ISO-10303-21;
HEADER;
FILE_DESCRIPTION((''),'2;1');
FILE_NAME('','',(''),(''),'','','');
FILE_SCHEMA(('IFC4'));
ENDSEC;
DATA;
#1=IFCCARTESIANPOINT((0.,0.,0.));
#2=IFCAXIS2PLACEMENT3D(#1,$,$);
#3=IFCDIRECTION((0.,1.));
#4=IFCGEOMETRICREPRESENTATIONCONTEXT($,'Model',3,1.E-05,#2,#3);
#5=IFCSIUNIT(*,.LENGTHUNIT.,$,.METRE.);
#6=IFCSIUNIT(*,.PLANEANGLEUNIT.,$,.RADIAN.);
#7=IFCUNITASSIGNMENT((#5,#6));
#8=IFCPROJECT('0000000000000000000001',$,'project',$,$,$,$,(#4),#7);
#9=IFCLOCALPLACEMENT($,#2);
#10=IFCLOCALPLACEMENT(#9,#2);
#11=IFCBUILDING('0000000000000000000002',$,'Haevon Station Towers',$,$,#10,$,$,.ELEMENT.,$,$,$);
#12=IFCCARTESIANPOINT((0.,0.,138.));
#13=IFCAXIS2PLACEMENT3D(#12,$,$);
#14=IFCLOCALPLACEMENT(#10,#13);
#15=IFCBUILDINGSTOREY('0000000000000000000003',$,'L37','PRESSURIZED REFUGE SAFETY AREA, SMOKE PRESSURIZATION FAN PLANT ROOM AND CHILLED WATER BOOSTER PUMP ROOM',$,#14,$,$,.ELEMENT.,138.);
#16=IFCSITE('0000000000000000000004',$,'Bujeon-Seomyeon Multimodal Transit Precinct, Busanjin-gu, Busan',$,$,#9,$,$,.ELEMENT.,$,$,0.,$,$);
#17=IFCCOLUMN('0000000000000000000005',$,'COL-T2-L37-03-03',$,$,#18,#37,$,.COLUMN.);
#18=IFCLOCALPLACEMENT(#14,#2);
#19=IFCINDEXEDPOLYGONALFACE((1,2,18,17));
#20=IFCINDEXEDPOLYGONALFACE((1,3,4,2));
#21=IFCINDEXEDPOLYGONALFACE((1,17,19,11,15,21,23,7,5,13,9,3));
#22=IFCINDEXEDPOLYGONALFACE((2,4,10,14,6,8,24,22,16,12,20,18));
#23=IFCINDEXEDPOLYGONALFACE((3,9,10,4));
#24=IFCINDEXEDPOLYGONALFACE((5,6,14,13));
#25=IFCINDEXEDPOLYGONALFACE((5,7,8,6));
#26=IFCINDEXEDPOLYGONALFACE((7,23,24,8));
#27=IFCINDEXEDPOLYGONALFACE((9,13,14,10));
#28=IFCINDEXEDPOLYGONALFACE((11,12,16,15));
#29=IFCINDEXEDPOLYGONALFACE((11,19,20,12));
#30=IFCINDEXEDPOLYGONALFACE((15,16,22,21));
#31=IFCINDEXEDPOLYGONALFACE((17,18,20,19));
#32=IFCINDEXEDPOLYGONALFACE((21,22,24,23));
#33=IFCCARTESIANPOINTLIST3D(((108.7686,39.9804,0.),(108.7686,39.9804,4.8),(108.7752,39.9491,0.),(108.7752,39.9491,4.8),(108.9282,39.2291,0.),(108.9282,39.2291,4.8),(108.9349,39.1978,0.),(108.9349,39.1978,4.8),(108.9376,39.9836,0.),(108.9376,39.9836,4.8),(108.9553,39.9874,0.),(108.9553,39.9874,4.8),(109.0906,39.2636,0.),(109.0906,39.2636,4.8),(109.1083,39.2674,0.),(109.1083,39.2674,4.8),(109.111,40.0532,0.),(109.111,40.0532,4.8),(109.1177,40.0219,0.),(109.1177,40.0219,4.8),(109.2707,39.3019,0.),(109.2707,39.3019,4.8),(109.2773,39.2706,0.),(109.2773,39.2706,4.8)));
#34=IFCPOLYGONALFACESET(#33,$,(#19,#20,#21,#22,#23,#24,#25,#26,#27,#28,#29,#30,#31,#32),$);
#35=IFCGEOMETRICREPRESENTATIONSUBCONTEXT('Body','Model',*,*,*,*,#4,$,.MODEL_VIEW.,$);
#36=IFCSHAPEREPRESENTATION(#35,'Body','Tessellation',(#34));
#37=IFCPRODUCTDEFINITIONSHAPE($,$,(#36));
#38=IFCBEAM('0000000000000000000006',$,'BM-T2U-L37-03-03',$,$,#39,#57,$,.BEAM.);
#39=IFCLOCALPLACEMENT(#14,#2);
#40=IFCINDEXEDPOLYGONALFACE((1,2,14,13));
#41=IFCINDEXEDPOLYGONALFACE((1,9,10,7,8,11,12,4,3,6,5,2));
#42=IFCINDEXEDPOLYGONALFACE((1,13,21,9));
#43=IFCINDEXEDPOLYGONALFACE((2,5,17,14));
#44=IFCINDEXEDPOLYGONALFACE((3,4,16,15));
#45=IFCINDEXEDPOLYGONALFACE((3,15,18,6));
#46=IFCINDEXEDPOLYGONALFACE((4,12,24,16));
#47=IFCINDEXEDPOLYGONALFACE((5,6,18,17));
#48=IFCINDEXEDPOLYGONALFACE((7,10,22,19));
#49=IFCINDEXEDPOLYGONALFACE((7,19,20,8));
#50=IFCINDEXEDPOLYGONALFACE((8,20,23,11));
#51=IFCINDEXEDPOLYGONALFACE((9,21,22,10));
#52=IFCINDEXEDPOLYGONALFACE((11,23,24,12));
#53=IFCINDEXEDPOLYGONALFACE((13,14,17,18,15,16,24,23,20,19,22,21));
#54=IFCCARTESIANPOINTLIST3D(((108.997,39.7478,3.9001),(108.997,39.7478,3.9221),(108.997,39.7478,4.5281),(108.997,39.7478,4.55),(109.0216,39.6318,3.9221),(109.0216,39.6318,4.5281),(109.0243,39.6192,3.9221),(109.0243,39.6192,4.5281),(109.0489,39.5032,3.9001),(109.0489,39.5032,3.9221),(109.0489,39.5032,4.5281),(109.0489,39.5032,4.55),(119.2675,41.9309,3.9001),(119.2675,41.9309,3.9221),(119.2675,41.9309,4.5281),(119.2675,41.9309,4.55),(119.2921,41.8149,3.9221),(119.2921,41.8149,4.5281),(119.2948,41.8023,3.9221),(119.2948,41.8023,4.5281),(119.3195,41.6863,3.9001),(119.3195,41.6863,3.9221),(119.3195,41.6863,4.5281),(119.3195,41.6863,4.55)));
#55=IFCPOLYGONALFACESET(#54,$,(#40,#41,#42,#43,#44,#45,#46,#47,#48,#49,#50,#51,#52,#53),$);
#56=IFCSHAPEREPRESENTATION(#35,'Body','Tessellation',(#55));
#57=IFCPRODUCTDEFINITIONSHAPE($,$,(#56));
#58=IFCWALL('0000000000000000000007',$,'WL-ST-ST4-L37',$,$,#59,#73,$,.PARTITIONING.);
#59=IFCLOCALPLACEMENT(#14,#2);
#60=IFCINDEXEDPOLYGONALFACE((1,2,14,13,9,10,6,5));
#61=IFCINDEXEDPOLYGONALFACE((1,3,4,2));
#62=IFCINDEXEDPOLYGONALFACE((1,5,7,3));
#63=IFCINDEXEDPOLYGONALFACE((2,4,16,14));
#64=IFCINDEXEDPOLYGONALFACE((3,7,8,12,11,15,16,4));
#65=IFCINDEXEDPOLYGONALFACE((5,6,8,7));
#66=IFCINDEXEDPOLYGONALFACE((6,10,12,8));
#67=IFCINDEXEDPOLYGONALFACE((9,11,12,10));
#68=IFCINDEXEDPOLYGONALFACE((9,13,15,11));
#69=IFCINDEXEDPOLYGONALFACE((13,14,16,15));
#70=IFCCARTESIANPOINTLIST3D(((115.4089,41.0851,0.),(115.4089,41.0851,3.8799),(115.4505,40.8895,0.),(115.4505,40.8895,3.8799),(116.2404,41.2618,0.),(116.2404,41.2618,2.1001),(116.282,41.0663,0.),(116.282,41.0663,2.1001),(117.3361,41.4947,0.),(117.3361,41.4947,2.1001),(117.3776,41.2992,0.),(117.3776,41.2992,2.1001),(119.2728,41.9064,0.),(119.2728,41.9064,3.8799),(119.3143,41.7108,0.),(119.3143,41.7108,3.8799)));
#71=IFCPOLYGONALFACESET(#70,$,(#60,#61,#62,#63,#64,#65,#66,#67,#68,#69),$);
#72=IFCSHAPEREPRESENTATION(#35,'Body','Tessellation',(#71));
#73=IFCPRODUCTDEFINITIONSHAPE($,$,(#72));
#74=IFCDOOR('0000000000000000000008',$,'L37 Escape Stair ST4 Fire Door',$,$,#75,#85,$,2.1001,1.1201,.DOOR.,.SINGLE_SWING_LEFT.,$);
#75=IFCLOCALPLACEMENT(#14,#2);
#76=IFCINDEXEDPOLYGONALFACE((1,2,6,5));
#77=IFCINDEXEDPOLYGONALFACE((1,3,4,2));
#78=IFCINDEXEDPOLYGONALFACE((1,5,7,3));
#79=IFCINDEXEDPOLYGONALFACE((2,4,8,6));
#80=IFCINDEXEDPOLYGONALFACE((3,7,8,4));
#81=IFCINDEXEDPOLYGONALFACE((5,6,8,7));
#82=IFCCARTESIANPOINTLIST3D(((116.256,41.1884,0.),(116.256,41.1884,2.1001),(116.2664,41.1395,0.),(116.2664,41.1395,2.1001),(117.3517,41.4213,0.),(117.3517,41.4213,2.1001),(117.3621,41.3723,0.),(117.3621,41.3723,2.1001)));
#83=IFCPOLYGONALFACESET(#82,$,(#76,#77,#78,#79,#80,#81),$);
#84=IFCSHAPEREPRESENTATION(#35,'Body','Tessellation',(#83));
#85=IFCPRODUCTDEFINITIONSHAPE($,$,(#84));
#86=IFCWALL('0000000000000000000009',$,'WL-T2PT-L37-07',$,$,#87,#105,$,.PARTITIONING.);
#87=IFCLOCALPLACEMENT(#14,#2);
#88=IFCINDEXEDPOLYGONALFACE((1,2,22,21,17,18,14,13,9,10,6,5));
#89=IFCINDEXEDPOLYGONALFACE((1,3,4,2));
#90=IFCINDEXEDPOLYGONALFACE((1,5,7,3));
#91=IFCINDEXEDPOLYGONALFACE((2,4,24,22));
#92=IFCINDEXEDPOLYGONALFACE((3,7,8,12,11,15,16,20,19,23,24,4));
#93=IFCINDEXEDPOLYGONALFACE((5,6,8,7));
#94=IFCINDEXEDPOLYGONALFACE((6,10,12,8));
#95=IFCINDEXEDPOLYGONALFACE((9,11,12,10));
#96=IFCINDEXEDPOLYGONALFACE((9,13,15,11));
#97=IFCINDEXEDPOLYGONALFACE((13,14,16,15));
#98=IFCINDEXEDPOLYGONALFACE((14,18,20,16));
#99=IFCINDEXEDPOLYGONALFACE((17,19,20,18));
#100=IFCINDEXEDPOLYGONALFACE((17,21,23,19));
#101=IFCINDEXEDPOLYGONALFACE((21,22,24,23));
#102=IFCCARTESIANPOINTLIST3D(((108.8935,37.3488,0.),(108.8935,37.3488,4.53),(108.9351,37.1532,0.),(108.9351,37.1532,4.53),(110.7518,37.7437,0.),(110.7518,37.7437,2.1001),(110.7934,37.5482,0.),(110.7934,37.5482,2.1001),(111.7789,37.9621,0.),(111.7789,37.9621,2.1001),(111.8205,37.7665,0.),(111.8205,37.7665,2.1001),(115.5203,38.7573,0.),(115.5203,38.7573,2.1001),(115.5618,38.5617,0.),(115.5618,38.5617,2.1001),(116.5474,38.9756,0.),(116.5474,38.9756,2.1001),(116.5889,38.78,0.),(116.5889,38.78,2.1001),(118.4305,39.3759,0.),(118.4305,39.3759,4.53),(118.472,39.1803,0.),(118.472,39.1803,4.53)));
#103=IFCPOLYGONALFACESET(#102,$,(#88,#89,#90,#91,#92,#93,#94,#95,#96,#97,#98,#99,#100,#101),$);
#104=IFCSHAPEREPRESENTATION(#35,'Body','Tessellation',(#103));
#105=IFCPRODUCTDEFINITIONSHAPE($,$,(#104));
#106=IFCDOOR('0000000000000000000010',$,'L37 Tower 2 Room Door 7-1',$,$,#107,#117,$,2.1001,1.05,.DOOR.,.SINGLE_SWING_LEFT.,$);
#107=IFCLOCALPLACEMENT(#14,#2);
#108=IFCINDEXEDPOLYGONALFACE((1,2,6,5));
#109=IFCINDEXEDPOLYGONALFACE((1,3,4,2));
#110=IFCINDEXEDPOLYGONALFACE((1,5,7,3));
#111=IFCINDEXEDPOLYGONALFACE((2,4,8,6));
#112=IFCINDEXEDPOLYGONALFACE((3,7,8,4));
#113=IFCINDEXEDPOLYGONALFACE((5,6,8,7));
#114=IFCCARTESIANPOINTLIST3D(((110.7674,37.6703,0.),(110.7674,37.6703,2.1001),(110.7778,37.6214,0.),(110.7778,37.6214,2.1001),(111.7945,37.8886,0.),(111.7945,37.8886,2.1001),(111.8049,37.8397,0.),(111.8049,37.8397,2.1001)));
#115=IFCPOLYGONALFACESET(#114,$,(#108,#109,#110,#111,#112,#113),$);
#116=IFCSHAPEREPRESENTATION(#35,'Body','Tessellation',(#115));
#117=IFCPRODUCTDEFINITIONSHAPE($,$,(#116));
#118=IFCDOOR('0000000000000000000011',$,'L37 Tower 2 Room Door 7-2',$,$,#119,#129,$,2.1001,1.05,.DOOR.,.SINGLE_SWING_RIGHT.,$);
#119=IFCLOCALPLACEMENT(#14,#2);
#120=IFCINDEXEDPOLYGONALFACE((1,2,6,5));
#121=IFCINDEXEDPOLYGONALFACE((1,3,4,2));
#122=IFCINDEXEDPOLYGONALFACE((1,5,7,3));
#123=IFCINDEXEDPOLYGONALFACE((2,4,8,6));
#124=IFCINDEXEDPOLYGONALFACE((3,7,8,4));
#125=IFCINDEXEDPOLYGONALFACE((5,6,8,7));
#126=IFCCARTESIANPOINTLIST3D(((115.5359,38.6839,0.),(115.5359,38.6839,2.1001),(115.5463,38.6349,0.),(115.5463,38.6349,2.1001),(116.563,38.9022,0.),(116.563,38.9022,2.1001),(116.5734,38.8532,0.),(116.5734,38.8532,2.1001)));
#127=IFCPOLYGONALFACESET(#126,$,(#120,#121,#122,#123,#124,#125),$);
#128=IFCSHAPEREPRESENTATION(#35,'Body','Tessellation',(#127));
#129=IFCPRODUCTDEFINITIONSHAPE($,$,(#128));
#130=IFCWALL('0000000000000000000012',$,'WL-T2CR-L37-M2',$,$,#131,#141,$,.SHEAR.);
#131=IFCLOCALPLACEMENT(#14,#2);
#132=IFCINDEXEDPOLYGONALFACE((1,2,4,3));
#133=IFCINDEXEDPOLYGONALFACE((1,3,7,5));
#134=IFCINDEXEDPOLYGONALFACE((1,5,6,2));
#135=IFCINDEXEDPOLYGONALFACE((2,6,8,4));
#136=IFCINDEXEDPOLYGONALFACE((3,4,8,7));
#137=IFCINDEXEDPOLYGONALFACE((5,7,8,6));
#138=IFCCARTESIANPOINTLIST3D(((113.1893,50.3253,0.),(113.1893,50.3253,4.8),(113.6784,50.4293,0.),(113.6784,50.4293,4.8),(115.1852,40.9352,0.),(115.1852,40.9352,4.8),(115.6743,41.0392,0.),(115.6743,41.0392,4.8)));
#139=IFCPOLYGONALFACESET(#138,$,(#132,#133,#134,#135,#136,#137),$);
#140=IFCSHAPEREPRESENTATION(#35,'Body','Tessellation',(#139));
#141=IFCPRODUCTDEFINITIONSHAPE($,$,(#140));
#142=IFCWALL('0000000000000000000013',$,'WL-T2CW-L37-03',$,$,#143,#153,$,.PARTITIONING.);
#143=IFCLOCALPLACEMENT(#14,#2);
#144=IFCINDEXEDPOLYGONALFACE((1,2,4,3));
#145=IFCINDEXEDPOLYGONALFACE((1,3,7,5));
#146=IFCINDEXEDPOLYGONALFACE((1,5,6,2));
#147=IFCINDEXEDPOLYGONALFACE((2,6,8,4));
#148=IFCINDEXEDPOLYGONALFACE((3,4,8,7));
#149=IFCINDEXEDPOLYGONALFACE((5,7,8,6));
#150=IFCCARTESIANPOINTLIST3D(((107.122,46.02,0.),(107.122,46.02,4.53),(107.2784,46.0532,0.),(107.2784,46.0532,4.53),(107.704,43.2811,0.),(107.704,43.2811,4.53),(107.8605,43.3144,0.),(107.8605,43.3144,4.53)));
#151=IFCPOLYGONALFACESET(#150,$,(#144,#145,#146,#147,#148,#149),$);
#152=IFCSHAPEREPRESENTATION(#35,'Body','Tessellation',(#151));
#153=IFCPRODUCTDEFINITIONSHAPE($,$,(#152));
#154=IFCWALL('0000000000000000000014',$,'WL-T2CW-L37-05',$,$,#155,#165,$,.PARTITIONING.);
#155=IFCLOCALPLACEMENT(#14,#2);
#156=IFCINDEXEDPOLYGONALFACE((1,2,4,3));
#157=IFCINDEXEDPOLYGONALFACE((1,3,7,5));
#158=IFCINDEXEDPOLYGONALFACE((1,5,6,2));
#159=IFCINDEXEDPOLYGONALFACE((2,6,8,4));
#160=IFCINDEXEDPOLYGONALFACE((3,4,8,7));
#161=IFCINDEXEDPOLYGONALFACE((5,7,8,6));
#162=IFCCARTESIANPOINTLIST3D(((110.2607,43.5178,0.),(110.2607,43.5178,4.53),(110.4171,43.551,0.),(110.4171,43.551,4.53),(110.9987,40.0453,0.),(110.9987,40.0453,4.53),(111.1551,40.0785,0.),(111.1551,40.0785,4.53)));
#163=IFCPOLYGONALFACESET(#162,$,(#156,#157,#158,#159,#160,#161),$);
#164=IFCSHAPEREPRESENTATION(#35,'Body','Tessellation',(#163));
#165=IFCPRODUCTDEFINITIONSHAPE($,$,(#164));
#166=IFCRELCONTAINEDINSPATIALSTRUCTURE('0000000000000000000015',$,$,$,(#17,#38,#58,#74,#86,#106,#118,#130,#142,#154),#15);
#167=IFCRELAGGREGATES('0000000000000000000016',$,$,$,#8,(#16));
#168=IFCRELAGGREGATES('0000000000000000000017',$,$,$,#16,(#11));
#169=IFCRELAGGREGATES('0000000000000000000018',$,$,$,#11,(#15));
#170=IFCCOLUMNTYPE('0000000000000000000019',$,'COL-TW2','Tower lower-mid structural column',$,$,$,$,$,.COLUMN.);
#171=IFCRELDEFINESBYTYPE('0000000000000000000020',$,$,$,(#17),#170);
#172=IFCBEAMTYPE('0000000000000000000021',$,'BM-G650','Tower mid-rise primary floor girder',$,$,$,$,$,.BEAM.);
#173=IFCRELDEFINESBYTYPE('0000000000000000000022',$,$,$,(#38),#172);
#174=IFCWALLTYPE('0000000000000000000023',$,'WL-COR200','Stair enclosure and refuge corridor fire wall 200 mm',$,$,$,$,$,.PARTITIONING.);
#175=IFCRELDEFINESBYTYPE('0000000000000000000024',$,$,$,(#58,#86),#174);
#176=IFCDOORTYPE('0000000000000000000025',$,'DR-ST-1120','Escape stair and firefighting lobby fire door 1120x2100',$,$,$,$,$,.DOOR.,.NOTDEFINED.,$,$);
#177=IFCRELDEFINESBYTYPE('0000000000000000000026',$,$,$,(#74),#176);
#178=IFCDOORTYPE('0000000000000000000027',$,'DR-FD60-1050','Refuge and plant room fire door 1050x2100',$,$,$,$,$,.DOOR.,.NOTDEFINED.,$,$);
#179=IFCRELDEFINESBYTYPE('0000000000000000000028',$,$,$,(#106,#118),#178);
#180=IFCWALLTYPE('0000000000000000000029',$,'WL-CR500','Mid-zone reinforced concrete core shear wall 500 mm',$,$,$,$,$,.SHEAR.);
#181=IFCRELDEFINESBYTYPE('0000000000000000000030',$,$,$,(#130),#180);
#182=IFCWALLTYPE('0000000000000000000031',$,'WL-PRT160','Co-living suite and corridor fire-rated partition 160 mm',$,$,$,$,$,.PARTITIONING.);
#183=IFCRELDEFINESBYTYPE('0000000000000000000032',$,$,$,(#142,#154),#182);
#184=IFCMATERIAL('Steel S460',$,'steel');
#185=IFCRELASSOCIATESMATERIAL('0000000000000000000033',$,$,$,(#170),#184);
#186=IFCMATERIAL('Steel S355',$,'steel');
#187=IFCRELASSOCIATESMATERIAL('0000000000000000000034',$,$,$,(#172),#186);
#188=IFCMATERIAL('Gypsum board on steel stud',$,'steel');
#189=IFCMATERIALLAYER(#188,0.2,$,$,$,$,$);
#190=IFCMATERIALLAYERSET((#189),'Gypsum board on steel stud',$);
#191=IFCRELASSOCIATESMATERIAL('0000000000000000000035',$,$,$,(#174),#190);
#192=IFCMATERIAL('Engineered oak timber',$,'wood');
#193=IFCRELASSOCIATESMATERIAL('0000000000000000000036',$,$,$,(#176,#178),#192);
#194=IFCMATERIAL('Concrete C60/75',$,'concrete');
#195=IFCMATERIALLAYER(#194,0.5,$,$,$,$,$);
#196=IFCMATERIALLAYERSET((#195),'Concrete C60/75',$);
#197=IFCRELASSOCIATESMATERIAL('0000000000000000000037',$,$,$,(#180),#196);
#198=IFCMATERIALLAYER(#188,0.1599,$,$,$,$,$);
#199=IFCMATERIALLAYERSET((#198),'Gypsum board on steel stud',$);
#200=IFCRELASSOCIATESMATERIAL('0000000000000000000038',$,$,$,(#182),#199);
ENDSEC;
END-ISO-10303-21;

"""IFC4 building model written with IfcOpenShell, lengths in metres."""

from ifc_helpers import new_model, si_unit, direction, frame, frame_2d, origin, origin_2d, place, context, subcontext, project, spatial, rectangle, i_section, extrude, material, layer, layer_set, material_profile, profile_set, type_object, element, fill, save


model = new_model("IFC4")

# Units and contexts
model_context = context("Model", 3, precision=1e-05, world=origin(), true_north=direction((0.0, 1.0)))
body_context = subcontext(model_context, "Body", "Model", "MODEL_VIEW")
ifc_project = project(units=[si_unit("LENGTHUNIT", "METRE"), si_unit("PLANEANGLEUNIT", "RADIAN")], contexts=[model_context])

# Site, building, storey
site_placement = place(None, origin())
site = spatial("IfcSite", under=ifc_project, at=site_placement, Name="Bujeon-Seomyeon Multimodal Transit Precinct, Busanjin-gu, Busan", CompositionType="ELEMENT", RefElevation=0.0)
building_placement = place(site_placement, origin())
building = spatial("IfcBuilding", under=site, at=building_placement, Name="Haevon Station Towers", CompositionType="ELEMENT")
storey_placement = place(building_placement, frame((0.0, 0.0, 138.0)))
storey = spatial("IfcBuildingStorey", under=building, at=storey_placement, Name="L37", Description="PRESSURIZED REFUGE SAFETY AREA, SMOKE PRESSURIZATION FAN PLANT ROOM AND CHILLED WATER BOOSTER PUMP ROOM", CompositionType="ELEMENT", Elevation=138.0)

# Column
ifc_material_1 = material(Name="Steel S460", Category="steel")
ifc_material_profile_1 = material_profile(ifc_material_1, i_section(OverallWidth=0.3501, OverallDepth=0.8, WebThickness=0.0181, FlangeThickness=0.032, at=origin_2d()), Name="H-800x350x18x32")
ifc_profile_set_1 = profile_set([ifc_material_profile_1], Name="Steel S460")
column_type = type_object("IfcColumnType", Name="COL-TW2", Description="Tower lower-mid structural column", PredefinedType="COLUMN", material=ifc_profile_set_1)
column_placement = place(storey_placement, frame((109.0229, 39.6255, 0.0), z_axis=(0.0, 0.0, 1.0), x_axis=(0.978148, 0.207912, 0.0)))
element("IfcColumn", 1, at=column_placement, inside=storey, type_object=column_type, Name="COL-T2-L37-03-03", PredefinedType="COLUMN", context=body_context, shape_type="SweptSolid", body=[
    extrude(i_section(OverallWidth=0.3501, OverallDepth=0.8, WebThickness=0.0181, FlangeThickness=0.032, at=origin_2d()), origin(), (0.0, 0.0, 1.0), 4.8),
])

# Beam
ifc_material_2 = material(Name="Steel S355", Category="steel")
ifc_material_profile_2 = material_profile(ifc_material_2, i_section(OverallWidth=0.25, OverallDepth=0.6499, WebThickness=0.0129, FlangeThickness=0.022, at=origin_2d()), Name="H-650x250x13x22")
ifc_profile_set_2 = profile_set([ifc_material_profile_2], Name="Steel S355")
beam_type = type_object("IfcBeamType", Name="BM-G650", Description="Tower mid-rise primary floor girder", PredefinedType="BEAM", material=ifc_profile_set_2)
beam_placement = place(storey_placement, frame((109.0229, 39.6255, 4.2251), z_axis=(0.978147, 0.207915, 0.0), x_axis=(-0.207915, 0.978147, 0.0)))
element("IfcBeam", 2, at=beam_placement, inside=storey, type_object=beam_type, Name="BM-T2U-L37-03-03", PredefinedType="BEAM", context=body_context, shape_type="SweptSolid", body=[
    extrude(i_section(OverallWidth=0.25, OverallDepth=0.6499, WebThickness=0.0129, FlangeThickness=0.022, at=origin_2d()), origin(), (0.0, 0.0, 1.0), 10.5),
])

# Wall, opening, door
ifc_material_3 = material(Name="Gypsum board on steel stud", Category="steel")
ifc_layer_1 = layer(ifc_material_3, 0.2)
ifc_layer_set_1 = layer_set([ifc_layer_1], Name="Gypsum board on steel stud")
wall_type_1 = type_object("IfcWallType", Name="WL-COR200", Description="Stair enclosure and refuge corridor fire wall 200 mm", PredefinedType="PARTITIONING", material=ifc_layer_set_1)
wall_1_placement = place(storey_placement, frame((115.4297, 40.9873, 0.0), z_axis=(0.0, 0.0, 1.0), x_axis=(0.978147, 0.207916, 0.0)))
wall_1 = element("IfcWall", 3, at=wall_1_placement, inside=storey, type_object=wall_type_1, Name="WL-ST-ST4-L37", PredefinedType="PARTITIONING", context=body_context, shape_type="SweptSolid", body=[
    extrude(rectangle(XDim=3.9502, YDim=0.2, at=frame_2d((1.9751, 0.0))), origin(), (0.0, 0.0, 1.0), 3.8799),
])
opening_1_placement = place(wall_1_placement, frame((0.8501, 0.0, 0.0)))
opening_1 = element("IfcOpeningElement", 4, at=opening_1_placement, cuts=wall_1, PredefinedType="OPENING", context=body_context, shape_type="SweptSolid", body=[
    extrude(rectangle(XDim=1.1201, YDim=2.1001, at=frame_2d((0.5601, 1.05))), frame((0.0, 0.1099, 0.0), z_axis=(0.0, -1.0, 0.0), x_axis=(1.0, 0.0, 0.0)), (0.0, 0.0, 1.0), 0.22),
])
ifc_material_4 = material(Name="Engineered oak timber", Category="wood")
door_type_1 = type_object("IfcDoorType", Name="DR-ST-1120", Description="Escape stair and firefighting lobby fire door 1120x2100", OperationType="NOTDEFINED", PredefinedType="DOOR", material=ifc_material_4)
door_1_placement = place(opening_1_placement, origin())
door_1 = element("IfcDoor", 5, at=door_1_placement, inside=storey, type_object=door_type_1, Name="L37 Escape Stair ST4 Fire Door", OperationType="SINGLE_SWING_LEFT", OverallHeight=2.1001, OverallWidth=1.1201, PredefinedType="DOOR", context=body_context, shape_type="SweptSolid", body=[
    extrude(rectangle(XDim=1.1201, YDim=2.1001, at=frame_2d((0.5601, 1.05))), frame((0.0, 0.0249, 0.0), z_axis=(0.0, -1.0, 0.0), x_axis=(1.0, 0.0, 0.0)), (0.0, 0.0, 1.0), 0.05),
])
fill(opening_1, door_1)

# Wall, openings, doors
wall_2_placement = place(storey_placement, frame((108.9143, 37.251, 0.0), z_axis=(0.0, 0.0, 1.0), x_axis=(0.978148, 0.207909, 0.0)))
wall_2 = element("IfcWall", 6, at=wall_2_placement, inside=storey, type_object=wall_type_1, Name="WL-T2PT-L37-07", PredefinedType="PARTITIONING", context=body_context, shape_type="SweptSolid", body=[
    extrude(rectangle(XDim=9.75, YDim=0.2, at=frame_2d((4.875, 0.0))), origin(), (0.0, 0.0, 1.0), 4.53),
])
opening_2_placement = place(wall_2_placement, frame((1.8999, 0.0, 0.0)))
opening_2 = element("IfcOpeningElement", 7, at=opening_2_placement, cuts=wall_2, PredefinedType="OPENING", context=body_context, shape_type="SweptSolid", body=[
    extrude(rectangle(XDim=1.05, YDim=2.1001, at=frame_2d((0.5249, 1.05))), frame((0.0, 0.1099, 0.0), z_axis=(0.0, -1.0, 0.0), x_axis=(1.0, 0.0, 0.0)), (0.0, 0.0, 1.0), 0.22),
])
opening_3_placement = place(wall_2_placement, frame((6.7749, 0.0, 0.0)))
opening_3 = element("IfcOpeningElement", 8, at=opening_3_placement, cuts=wall_2, PredefinedType="OPENING", context=body_context, shape_type="SweptSolid", body=[
    extrude(rectangle(XDim=1.05, YDim=2.1001, at=frame_2d((0.5249, 1.05))), frame((0.0, 0.1099, 0.0), z_axis=(0.0, -1.0, 0.0), x_axis=(1.0, 0.0, 0.0)), (0.0, 0.0, 1.0), 0.22),
])
door_type_2 = type_object("IfcDoorType", Name="DR-FD60-1050", Description="Refuge and plant room fire door 1050x2100", OperationType="NOTDEFINED", PredefinedType="DOOR", material=ifc_material_4)
door_2_placement = place(opening_2_placement, origin())
door_2 = element("IfcDoor", 9, at=door_2_placement, inside=storey, type_object=door_type_2, Name="L37 Tower 2 Room Door 7-1", OperationType="SINGLE_SWING_LEFT", OverallHeight=2.1001, OverallWidth=1.05, PredefinedType="DOOR", context=body_context, shape_type="SweptSolid", body=[
    extrude(rectangle(XDim=1.05, YDim=2.1001, at=frame_2d((0.5249, 1.05))), frame((0.0, 0.0249, 0.0), z_axis=(0.0, -1.0, 0.0), x_axis=(1.0, 0.0, 0.0)), (0.0, 0.0, 1.0), 0.05),
])
fill(opening_2, door_2)
door_3_placement = place(opening_3_placement, origin())
door_3 = element("IfcDoor", 10, at=door_3_placement, inside=storey, type_object=door_type_2, Name="L37 Tower 2 Room Door 7-2", OperationType="SINGLE_SWING_RIGHT", OverallHeight=2.1001, OverallWidth=1.05, PredefinedType="DOOR", context=body_context, shape_type="SweptSolid", body=[
    extrude(rectangle(XDim=1.05, YDim=2.1001, at=frame_2d((0.5249, 1.05))), frame((0.0, 0.0249, 0.0), z_axis=(0.0, -1.0, 0.0), x_axis=(1.0, 0.0, 0.0)), (0.0, 0.0, 1.0), 0.05),
])
fill(opening_3, door_3)

# Walls
ifc_material_5 = material(Name="Concrete C60/75", Category="concrete")
ifc_layer_2 = layer(ifc_material_5, 0.5)
ifc_layer_set_2 = layer_set([ifc_layer_2], Name="Concrete C60/75")
wall_type_2 = type_object("IfcWallType", Name="WL-CR500", Description="Mid-zone reinforced concrete core shear wall 500 mm", PredefinedType="SHEAR", material=ifc_layer_set_2)
wall_3_placement = place(storey_placement, frame((115.4297, 40.9873, 0.0), z_axis=(0.0, 0.0, 1.0), x_axis=(-0.207903, 0.978149, 0.0)))
element("IfcWall", 11, at=wall_3_placement, inside=storey, type_object=wall_type_2, Name="WL-T2CR-L37-M2", PredefinedType="SHEAR", context=body_context, shape_type="SweptSolid", body=[
    extrude(rectangle(XDim=9.5999, YDim=0.5, at=frame_2d((4.7998, 0.0))), origin(), (0.0, 0.0, 1.0), 4.8),
])
ifc_layer_3 = layer(ifc_material_3, 0.1599)
ifc_layer_set_3 = layer_set([ifc_layer_3], Name="Gypsum board on steel stud")
wall_type_3 = type_object("IfcWallType", Name="WL-PRT160", Description="Co-living suite and corridor fire-rated partition 160 mm", PredefinedType="PARTITIONING", material=ifc_layer_set_3)
wall_4_placement = place(storey_placement, frame((107.7822, 43.2979, 0.0), z_axis=(0.0, 0.0, 1.0), x_axis=(-0.207873, 0.978156, 0.0)))
element("IfcWall", 12, at=wall_4_placement, inside=storey, type_object=wall_type_3, Name="WL-T2CW-L37-03", PredefinedType="PARTITIONING", context=body_context, shape_type="SweptSolid", body=[
    extrude(rectangle(XDim=2.8, YDim=0.1599, at=frame_2d((1.3999, 0.0))), origin(), (0.0, 0.0, 1.0), 4.53),
])
for number, where, z_axis, x_axis, name in (
    (13, (111.0769, 40.062, 0.0), (0.0, 0.0, 1.0), (-0.207899, 0.97815, 0.0), "WL-T2CW-L37-05"),
):
    element("IfcWall", number, at=place(storey_placement, frame(where, z_axis=z_axis, x_axis=x_axis)), inside=storey, type_object=wall_type_3, Name=name, PredefinedType="PARTITIONING", context=body_context, shape_type="SweptSolid", body=[
        extrude(rectangle(XDim=3.55, YDim=0.1599, at=frame_2d((1.7749, 0.0))), origin(), (0.0, 0.0, 1.0), 4.53),
    ])

save(model, "model.ifc")
